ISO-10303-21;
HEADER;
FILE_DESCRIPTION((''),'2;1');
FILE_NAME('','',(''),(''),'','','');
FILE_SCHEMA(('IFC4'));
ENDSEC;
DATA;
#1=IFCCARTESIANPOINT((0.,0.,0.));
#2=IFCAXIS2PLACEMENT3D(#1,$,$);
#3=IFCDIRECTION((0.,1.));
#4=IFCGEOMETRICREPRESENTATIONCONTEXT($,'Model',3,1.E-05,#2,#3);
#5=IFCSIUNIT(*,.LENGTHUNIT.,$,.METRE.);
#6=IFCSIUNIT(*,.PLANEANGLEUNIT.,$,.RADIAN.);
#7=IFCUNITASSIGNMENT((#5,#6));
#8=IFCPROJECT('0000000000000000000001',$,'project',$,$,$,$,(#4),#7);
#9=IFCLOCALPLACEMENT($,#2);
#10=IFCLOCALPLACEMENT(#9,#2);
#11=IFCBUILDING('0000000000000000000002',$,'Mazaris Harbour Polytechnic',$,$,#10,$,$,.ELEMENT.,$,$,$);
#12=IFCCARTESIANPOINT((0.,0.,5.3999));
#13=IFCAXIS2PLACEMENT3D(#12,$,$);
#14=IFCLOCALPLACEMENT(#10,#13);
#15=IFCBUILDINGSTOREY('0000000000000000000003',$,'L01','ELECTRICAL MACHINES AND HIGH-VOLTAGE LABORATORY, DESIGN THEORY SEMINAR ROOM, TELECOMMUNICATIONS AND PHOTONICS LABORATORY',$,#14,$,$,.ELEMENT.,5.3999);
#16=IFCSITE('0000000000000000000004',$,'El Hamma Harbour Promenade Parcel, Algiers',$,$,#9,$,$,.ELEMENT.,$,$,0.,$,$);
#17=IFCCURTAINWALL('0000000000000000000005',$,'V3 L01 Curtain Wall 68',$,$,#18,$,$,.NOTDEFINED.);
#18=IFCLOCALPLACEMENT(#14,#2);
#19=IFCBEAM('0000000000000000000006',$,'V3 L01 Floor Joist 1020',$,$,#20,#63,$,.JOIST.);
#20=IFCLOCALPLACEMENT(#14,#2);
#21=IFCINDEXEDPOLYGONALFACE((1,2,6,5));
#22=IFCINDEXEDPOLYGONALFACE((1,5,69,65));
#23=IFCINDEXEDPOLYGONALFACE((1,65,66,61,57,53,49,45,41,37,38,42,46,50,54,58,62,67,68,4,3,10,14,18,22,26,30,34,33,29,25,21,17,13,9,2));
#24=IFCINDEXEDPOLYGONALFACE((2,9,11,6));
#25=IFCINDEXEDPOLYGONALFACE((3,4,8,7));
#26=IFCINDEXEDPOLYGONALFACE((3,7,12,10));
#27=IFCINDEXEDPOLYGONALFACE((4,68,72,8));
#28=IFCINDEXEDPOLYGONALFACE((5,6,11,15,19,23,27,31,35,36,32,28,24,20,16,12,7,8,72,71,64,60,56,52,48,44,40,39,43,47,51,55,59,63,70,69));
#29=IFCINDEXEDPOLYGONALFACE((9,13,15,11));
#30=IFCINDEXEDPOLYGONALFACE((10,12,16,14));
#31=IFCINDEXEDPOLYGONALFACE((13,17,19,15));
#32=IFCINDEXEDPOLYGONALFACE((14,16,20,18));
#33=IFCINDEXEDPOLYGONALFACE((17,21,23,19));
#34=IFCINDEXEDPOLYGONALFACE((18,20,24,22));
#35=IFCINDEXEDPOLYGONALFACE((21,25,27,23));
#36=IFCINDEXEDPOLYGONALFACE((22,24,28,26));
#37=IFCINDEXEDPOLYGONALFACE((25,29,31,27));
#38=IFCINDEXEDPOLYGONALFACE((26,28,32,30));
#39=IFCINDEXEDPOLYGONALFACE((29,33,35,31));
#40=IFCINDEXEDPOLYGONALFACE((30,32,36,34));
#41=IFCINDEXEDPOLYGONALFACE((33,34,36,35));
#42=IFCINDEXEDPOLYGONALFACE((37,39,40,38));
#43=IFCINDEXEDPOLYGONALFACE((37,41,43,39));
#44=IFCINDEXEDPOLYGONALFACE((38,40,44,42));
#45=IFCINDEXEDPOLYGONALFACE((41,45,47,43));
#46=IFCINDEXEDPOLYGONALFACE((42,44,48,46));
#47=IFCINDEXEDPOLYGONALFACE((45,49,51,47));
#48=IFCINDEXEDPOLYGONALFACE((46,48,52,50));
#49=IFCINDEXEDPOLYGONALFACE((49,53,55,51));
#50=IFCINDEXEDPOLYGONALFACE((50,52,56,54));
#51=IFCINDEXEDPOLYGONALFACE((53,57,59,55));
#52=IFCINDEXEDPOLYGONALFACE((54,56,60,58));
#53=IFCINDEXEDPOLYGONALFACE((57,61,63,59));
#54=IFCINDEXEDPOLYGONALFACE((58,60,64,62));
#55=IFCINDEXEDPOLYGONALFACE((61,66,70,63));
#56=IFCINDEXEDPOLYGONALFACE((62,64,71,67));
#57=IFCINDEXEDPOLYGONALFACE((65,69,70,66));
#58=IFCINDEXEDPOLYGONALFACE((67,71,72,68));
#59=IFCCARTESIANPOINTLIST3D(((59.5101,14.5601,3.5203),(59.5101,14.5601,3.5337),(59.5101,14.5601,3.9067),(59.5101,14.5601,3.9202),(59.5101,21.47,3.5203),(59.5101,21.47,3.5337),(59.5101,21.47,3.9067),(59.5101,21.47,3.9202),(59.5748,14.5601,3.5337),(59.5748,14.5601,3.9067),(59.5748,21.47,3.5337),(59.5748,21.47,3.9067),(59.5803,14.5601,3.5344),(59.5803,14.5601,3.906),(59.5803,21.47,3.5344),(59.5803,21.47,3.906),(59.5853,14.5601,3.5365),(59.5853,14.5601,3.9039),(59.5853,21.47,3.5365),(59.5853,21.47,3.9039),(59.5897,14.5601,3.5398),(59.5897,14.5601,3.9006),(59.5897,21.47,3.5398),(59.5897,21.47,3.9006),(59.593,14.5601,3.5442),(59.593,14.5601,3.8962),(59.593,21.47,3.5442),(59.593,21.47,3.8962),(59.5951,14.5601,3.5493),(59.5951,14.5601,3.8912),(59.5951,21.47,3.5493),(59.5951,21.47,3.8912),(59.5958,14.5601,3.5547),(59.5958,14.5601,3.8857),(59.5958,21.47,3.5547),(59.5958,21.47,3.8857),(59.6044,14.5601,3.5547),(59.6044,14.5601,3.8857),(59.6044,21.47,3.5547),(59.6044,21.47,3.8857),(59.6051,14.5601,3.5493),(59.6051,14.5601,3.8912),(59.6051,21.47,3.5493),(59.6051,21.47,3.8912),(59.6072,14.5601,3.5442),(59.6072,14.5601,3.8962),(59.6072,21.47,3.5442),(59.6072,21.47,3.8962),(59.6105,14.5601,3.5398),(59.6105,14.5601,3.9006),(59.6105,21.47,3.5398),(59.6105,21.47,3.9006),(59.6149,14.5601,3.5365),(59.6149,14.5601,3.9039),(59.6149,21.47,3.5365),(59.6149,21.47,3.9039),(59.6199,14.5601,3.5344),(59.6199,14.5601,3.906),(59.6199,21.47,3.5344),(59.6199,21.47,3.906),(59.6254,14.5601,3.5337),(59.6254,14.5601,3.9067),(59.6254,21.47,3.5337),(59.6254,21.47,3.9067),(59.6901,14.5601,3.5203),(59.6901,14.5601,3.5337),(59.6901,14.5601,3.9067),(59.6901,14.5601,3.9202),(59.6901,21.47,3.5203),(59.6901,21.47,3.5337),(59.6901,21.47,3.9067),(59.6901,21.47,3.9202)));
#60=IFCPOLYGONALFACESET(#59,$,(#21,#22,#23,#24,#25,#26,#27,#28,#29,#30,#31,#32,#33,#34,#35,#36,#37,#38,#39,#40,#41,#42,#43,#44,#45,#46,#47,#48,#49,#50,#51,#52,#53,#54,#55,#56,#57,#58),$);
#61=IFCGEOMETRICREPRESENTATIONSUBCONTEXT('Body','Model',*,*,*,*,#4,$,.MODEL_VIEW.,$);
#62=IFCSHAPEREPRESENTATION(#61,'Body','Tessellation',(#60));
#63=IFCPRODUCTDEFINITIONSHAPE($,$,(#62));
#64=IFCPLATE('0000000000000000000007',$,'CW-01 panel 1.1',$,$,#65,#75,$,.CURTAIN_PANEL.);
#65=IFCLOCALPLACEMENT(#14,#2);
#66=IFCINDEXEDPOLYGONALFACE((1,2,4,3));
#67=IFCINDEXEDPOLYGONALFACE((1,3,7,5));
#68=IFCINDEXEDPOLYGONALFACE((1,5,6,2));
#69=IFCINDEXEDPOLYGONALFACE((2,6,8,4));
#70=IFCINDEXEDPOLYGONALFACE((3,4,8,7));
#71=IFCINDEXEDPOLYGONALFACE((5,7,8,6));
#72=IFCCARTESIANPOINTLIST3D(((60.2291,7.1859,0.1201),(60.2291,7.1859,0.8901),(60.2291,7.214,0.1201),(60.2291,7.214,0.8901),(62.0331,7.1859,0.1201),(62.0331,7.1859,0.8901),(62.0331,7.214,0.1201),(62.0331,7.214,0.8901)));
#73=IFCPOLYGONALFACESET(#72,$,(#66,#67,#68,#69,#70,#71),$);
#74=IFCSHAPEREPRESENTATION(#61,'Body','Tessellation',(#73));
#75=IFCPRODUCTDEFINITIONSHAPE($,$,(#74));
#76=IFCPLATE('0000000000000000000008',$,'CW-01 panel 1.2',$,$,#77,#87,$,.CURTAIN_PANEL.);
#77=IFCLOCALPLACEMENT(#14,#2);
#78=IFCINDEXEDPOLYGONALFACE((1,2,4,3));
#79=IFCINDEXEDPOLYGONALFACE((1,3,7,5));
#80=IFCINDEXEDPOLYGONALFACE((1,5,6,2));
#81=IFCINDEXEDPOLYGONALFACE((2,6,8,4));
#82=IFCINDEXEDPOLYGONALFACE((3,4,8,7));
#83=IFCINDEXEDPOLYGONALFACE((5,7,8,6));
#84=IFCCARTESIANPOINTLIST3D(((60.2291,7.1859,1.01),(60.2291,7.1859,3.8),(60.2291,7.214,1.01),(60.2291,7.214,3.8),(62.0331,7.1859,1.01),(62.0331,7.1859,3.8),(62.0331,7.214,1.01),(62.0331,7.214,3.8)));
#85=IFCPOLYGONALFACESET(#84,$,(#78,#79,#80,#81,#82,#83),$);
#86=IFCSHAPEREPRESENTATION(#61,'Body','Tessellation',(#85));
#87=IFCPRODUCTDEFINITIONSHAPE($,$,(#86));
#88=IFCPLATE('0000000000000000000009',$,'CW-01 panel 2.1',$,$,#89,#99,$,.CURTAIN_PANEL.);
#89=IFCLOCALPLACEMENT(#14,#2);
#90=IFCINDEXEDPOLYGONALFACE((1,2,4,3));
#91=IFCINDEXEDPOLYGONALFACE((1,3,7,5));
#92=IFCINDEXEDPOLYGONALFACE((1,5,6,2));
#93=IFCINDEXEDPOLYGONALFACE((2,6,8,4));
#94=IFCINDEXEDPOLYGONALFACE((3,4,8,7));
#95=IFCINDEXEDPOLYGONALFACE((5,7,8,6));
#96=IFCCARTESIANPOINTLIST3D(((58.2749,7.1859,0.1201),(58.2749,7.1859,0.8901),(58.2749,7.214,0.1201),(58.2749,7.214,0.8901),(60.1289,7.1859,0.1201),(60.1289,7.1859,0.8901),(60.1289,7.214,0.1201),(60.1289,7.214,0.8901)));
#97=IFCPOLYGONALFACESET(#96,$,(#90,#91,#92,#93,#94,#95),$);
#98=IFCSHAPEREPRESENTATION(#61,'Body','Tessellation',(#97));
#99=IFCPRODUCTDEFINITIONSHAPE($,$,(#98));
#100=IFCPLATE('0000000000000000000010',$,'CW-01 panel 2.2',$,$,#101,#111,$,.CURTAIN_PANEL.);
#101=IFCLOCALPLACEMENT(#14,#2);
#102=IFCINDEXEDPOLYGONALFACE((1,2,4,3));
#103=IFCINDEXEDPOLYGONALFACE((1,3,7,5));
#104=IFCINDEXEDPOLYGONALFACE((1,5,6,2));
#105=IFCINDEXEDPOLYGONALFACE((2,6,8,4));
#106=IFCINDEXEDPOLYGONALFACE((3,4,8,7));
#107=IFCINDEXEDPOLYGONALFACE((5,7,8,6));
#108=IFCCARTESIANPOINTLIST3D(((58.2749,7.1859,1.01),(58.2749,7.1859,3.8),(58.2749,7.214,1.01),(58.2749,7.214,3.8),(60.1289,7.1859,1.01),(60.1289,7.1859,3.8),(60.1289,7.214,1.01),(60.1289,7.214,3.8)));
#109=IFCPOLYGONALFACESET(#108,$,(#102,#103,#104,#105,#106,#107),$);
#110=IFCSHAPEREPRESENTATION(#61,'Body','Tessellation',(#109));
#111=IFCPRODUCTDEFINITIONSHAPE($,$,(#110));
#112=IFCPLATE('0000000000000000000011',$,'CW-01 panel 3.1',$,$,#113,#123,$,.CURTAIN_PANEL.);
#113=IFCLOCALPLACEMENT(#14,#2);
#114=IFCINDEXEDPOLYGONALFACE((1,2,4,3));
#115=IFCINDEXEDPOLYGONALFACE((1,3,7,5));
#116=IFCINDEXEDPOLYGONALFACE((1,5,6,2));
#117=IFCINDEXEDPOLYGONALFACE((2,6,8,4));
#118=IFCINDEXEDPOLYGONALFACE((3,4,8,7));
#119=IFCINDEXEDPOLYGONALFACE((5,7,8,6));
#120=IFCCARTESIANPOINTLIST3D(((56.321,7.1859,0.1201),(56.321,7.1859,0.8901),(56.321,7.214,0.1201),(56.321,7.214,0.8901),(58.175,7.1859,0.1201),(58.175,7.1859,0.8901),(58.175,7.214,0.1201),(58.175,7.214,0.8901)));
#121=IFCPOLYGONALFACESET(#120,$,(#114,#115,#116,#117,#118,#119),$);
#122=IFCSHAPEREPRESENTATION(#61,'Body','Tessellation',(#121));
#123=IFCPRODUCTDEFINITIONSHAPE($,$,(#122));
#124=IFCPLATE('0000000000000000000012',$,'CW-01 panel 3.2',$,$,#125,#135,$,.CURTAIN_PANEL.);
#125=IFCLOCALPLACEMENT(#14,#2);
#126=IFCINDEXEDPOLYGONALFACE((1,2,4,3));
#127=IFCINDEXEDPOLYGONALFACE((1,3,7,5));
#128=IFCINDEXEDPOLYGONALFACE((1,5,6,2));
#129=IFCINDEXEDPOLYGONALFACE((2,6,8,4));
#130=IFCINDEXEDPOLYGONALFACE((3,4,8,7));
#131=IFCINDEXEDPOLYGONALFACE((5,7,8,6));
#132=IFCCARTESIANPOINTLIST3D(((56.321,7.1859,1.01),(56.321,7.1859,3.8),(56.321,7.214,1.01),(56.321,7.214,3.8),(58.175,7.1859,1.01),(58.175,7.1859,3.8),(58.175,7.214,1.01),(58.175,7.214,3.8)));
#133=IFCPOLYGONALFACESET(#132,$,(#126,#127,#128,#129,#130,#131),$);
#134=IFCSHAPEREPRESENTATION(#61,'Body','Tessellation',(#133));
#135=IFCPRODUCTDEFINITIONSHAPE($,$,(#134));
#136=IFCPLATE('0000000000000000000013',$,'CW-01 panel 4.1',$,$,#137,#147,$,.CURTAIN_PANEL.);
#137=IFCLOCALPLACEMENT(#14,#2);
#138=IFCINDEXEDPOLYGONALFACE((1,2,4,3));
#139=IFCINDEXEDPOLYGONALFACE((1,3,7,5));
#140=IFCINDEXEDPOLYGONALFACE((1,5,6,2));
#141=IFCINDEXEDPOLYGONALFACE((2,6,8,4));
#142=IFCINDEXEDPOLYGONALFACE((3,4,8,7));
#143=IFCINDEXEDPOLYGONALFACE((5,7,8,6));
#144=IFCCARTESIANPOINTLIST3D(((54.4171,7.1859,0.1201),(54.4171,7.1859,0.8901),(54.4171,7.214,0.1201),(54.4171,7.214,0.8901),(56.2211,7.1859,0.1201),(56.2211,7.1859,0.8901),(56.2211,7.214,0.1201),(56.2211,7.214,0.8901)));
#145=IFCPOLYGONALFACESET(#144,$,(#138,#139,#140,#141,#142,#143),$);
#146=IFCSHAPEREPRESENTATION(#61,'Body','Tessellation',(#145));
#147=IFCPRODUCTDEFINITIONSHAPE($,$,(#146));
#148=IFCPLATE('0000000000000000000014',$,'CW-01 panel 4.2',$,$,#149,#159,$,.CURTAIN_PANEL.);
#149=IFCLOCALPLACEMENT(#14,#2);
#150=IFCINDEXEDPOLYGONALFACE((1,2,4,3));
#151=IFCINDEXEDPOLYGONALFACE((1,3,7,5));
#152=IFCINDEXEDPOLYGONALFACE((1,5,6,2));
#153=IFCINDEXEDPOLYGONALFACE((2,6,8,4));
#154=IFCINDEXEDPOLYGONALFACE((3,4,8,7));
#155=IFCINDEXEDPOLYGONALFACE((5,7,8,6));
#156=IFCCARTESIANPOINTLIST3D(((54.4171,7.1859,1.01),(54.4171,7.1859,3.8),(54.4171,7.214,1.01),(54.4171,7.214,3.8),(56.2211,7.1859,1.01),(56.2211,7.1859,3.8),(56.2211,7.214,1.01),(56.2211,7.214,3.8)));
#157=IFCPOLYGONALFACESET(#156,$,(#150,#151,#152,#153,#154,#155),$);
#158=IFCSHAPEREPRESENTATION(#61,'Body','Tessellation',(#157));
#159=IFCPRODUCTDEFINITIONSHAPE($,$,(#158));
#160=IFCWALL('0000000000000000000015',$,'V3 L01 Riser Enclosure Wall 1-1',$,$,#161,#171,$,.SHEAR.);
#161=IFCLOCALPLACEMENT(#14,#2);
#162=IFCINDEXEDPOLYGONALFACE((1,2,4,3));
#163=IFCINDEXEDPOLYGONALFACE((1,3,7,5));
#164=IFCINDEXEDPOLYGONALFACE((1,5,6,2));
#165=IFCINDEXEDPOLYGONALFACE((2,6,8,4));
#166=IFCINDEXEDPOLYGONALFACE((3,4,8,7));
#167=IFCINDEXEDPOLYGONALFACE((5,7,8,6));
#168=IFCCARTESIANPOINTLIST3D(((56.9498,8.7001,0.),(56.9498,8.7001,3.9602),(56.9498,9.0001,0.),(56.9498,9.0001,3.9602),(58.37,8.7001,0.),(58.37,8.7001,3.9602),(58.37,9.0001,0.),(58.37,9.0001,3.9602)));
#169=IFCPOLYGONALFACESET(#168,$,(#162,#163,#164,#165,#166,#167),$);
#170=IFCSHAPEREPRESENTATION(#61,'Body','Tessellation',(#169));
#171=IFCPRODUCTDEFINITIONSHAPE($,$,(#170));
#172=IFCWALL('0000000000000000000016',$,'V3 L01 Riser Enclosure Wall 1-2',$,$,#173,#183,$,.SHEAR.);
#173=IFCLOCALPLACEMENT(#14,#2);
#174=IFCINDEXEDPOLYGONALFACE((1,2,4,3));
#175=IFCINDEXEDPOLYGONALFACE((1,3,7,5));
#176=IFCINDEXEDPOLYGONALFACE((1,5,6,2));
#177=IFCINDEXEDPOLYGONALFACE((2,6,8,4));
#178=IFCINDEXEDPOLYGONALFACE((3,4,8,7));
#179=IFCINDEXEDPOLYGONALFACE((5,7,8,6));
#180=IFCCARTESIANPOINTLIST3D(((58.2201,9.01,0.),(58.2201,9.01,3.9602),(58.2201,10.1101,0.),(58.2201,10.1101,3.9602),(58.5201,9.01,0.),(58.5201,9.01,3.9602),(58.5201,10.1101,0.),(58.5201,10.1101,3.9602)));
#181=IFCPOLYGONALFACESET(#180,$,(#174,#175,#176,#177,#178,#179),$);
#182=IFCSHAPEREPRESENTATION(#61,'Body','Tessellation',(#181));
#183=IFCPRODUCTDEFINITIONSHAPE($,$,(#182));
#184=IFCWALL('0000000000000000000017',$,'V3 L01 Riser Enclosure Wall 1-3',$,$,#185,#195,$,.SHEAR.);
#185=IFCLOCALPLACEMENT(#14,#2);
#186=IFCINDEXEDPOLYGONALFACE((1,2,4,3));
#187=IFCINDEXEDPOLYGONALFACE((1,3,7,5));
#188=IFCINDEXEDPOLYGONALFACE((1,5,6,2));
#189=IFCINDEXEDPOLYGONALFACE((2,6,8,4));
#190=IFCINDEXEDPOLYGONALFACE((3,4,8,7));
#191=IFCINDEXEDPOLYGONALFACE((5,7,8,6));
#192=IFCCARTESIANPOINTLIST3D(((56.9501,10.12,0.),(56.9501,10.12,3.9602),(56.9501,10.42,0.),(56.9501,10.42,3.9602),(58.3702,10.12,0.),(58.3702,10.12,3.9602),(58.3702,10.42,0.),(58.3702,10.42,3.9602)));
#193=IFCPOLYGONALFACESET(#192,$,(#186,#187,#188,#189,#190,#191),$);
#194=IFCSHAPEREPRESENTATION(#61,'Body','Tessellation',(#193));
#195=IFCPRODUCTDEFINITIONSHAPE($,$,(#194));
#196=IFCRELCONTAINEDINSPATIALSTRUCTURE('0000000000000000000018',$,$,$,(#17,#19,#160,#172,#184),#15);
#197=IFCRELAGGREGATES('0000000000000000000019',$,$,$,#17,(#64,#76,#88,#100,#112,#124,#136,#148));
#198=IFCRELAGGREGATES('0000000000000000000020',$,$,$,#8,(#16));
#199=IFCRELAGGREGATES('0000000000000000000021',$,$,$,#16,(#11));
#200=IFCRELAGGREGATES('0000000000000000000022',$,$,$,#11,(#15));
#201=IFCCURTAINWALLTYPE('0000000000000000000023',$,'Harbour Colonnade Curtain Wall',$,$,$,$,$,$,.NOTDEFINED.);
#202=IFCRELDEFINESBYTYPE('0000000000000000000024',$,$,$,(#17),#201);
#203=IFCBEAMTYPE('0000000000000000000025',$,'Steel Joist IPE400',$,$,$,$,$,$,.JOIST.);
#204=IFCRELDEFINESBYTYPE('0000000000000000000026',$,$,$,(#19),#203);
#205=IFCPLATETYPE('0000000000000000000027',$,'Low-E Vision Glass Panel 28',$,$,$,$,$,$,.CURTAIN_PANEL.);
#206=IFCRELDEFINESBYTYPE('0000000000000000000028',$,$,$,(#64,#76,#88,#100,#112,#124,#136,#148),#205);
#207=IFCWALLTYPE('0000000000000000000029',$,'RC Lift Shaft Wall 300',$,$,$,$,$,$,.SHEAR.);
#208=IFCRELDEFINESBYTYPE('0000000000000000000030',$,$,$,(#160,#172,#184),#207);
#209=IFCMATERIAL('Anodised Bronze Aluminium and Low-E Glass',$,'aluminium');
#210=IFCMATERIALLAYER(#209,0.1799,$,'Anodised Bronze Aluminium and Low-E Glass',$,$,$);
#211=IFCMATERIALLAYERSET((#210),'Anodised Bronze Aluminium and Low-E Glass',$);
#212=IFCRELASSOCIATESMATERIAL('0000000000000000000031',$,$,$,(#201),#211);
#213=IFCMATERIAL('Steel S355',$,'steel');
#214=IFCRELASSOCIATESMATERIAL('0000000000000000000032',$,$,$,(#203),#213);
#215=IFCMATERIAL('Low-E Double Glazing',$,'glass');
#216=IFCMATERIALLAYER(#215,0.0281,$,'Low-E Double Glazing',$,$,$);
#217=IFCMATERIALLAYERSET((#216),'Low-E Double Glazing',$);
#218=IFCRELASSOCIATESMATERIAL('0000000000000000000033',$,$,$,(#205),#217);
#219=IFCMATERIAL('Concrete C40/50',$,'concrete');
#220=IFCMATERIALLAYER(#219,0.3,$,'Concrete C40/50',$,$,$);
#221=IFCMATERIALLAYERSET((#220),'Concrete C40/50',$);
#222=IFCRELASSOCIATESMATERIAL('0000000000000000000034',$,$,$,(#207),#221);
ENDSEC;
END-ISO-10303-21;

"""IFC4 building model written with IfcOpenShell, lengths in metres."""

from ifc_helpers import new_model, si_unit, direction, frame, frame_2d, origin, origin_2d, place, context, subcontext, project, spatial, rectangle, i_section, extrude, material, layer, layer_set, material_profile, profile_set, type_object, element, aggregate, save


model = new_model("IFC4")

# Units and contexts
model_context = context("Model", 3, precision=1e-05, world=origin(), true_north=direction((0.0, 1.0)))
body_context = subcontext(model_context, "Body", "Model", "MODEL_VIEW")
ifc_project = project(units=[si_unit("LENGTHUNIT", "METRE"), si_unit("PLANEANGLEUNIT", "RADIAN")], contexts=[model_context])

# Site, building, storey
site_placement = place(None, origin())
site = spatial("IfcSite", under=ifc_project, at=site_placement, Name="El Hamma Harbour Promenade Parcel, Algiers", CompositionType="ELEMENT", RefElevation=0.0)
building_placement = place(site_placement, origin())
building = spatial("IfcBuilding", under=site, at=building_placement, Name="Mazaris Harbour Polytechnic", CompositionType="ELEMENT")
storey_placement = place(building_placement, frame((0.0, 0.0, 5.3999)))
storey = spatial("IfcBuildingStorey", under=building, at=storey_placement, Name="L01", Description="ELECTRICAL MACHINES AND HIGH-VOLTAGE LABORATORY, DESIGN THEORY SEMINAR ROOM, TELECOMMUNICATIONS AND PHOTONICS LABORATORY", CompositionType="ELEMENT", Elevation=5.3999)

# Curtain wall
ifc_material_1 = material(Name="Anodised Bronze Aluminium and Low-E Glass", Category="aluminium")
ifc_layer_1 = layer(ifc_material_1, 0.1799, Name="Anodised Bronze Aluminium and Low-E Glass")
ifc_layer_set_1 = layer_set([ifc_layer_1], Name="Anodised Bronze Aluminium and Low-E Glass")
curtain_wall_type = type_object("IfcCurtainWallType", Name="Harbour Colonnade Curtain Wall", PredefinedType="NOTDEFINED", material=ifc_layer_set_1)
curtain_wall_placement = place(storey_placement, origin())
curtain_wall = element("IfcCurtainWall", 1, at=curtain_wall_placement, inside=storey, type_object=curtain_wall_type, Name="V3 L01 Curtain Wall 68", PredefinedType="NOTDEFINED")

# Beam
ifc_material_2 = material(Name="Steel S355", Category="steel")
ifc_material_profile_1 = material_profile(ifc_material_2, i_section(OverallWidth=0.1799, OverallDepth=0.3999, WebThickness=0.0085, FlangeThickness=0.0134, FilletRadius=0.021, at=origin_2d()), Name="IPE 400")
ifc_profile_set_1 = profile_set([ifc_material_profile_1], Name="Steel S355")
beam_type_1 = type_object("IfcBeamType", Name="Steel Joist IPE400", PredefinedType="JOIST", material=ifc_profile_set_1)
beam_1_placement = place(storey_placement, frame((59.6001, 14.5601, 3.7202), z_axis=(0.0, 1.0, 0.0), x_axis=(-1.0, 0.0, 0.0)))
element("IfcBeam", 2, at=beam_1_placement, inside=storey, type_object=beam_type_1, Name="V3 L01 Floor Joist 1020", PredefinedType="JOIST", context=body_context, shape_type="SweptSolid", body=[
    extrude(i_section(OverallWidth=0.1799, OverallDepth=0.3999, WebThickness=0.0085, FlangeThickness=0.0134, FilletRadius=0.021, at=origin_2d()), origin(), (0.0, 0.0, 1.0), 6.9099),
])

# Plates
ifc_material_3 = material(Name="Low-E Double Glazing", Category="glass")
ifc_layer_2 = layer(ifc_material_3, 0.0281, Name="Low-E Double Glazing")
ifc_layer_set_2 = layer_set([ifc_layer_2], Name="Low-E Double Glazing")
plate_type = type_object("IfcPlateType", Name="Low-E Vision Glass Panel 28", PredefinedType="CURTAIN_PANEL", material=ifc_layer_set_2)
plate_1_placement = place(storey_placement, frame((61.1311, 7.2, 0.1201), z_axis=(0.0, 0.0, 1.0), x_axis=(-1.0, 0.0, 0.0)))
plate_1 = element("IfcPlate", 3, at=plate_1_placement, type_object=plate_type, Name="CW-01 panel 1.1", PredefinedType="CURTAIN_PANEL", context=body_context, shape_type="SweptSolid", body=[
    extrude(rectangle(XDim=1.804, YDim=0.0281, at=origin_2d()), origin(), (0.0, 0.0, 1.0), 0.77),
])
plate_2_placement = place(storey_placement, frame((61.1311, 7.2, 1.01), z_axis=(0.0, 0.0, 1.0), x_axis=(-1.0, 0.0, 0.0)))
plate_2 = element("IfcPlate", 4, at=plate_2_placement, type_object=plate_type, Name="CW-01 panel 1.2", PredefinedType="CURTAIN_PANEL", context=body_context, shape_type="SweptSolid", body=[
    extrude(rectangle(XDim=1.804, YDim=0.0281, at=origin_2d()), origin(), (0.0, 0.0, 1.0), 2.79),
])
plate_3_placement = place(storey_placement, frame((59.2019, 7.2, 0.1201), z_axis=(0.0, 0.0, 1.0), x_axis=(-1.0, 0.0, 0.0)))
plate_3 = element("IfcPlate", 5, at=plate_3_placement, type_object=plate_type, Name="CW-01 panel 2.1", PredefinedType="CURTAIN_PANEL", context=body_context, shape_type="SweptSolid", body=[
    extrude(rectangle(XDim=1.854, YDim=0.0281, at=origin_2d()), origin(), (0.0, 0.0, 1.0), 0.77),
])
plate_4_placement = place(storey_placement, frame((59.2019, 7.2, 1.01), z_axis=(0.0, 0.0, 1.0), x_axis=(-1.0, 0.0, 0.0)))
plate_4 = element("IfcPlate", 6, at=plate_4_placement, type_object=plate_type, Name="CW-01 panel 2.2", PredefinedType="CURTAIN_PANEL", context=body_context, shape_type="SweptSolid", body=[
    extrude(rectangle(XDim=1.854, YDim=0.0281, at=origin_2d()), origin(), (0.0, 0.0, 1.0), 2.79),
])
plate_5_placement = place(storey_placement, frame((57.248, 7.2, 0.1201), z_axis=(0.0, 0.0, 1.0), x_axis=(-1.0, 0.0, 0.0)))
plate_5 = element("IfcPlate", 7, at=plate_5_placement, type_object=plate_type, Name="CW-01 panel 3.1", PredefinedType="CURTAIN_PANEL", context=body_context, shape_type="SweptSolid", body=[
    extrude(rectangle(XDim=1.854, YDim=0.0281, at=origin_2d()), origin(), (0.0, 0.0, 1.0), 0.77),
])
plate_6_placement = place(storey_placement, frame((57.248, 7.2, 1.01), z_axis=(0.0, 0.0, 1.0), x_axis=(-1.0, 0.0, 0.0)))
plate_6 = element("IfcPlate", 8, at=plate_6_placement, type_object=plate_type, Name="CW-01 panel 3.2", PredefinedType="CURTAIN_PANEL", context=body_context, shape_type="SweptSolid", body=[
    extrude(rectangle(XDim=1.854, YDim=0.0281, at=origin_2d()), origin(), (0.0, 0.0, 1.0), 2.79),
])
plate_7_placement = place(storey_placement, frame((55.3191, 7.2, 0.1201), z_axis=(0.0, 0.0, 1.0), x_axis=(-1.0, 0.0, 0.0)))
plate_7 = element("IfcPlate", 9, at=plate_7_placement, type_object=plate_type, Name="CW-01 panel 4.1", PredefinedType="CURTAIN_PANEL", context=body_context, shape_type="SweptSolid", body=[
    extrude(rectangle(XDim=1.804, YDim=0.0281, at=origin_2d()), origin(), (0.0, 0.0, 1.0), 0.77),
])
plate_8_placement = place(storey_placement, frame((55.3191, 7.2, 1.01), z_axis=(0.0, 0.0, 1.0), x_axis=(-1.0, 0.0, 0.0)))
plate_8 = element("IfcPlate", 10, at=plate_8_placement, type_object=plate_type, Name="CW-01 panel 4.2", PredefinedType="CURTAIN_PANEL", context=body_context, shape_type="SweptSolid", body=[
    extrude(rectangle(XDim=1.804, YDim=0.0281, at=origin_2d()), origin(), (0.0, 0.0, 1.0), 2.79),
])
aggregate(curtain_wall, [plate_1, plate_2, plate_3, plate_4, plate_5, plate_6, plate_7, plate_8])

# Walls
ifc_material_4 = material(Name="Concrete C40/50", Category="concrete")
ifc_layer_3 = layer(ifc_material_4, 0.3, Name="Concrete C40/50")
ifc_layer_set_3 = layer_set([ifc_layer_3], Name="Concrete C40/50")
wall_type = type_object("IfcWallType", Name="RC Lift Shaft Wall 300", PredefinedType="SHEAR", material=ifc_layer_set_3)
wall_1_placement = place(storey_placement, frame((56.95, 8.8501, 0.0), z_axis=(0.0, 0.0, 1.0), x_axis=(1.0, 0.0, 0.0)))
element("IfcWall", 11, at=wall_1_placement, inside=storey, type_object=wall_type, Name="V3 L01 Riser Enclosure Wall 1-1", PredefinedType="SHEAR", context=body_context, shape_type="SweptSolid", body=[
    extrude(rectangle(XDim=1.4202, YDim=0.3, at=frame_2d((0.71, 0.0))), origin(), (0.0, 0.0, 1.0), 3.9602),
])
wall_2_placement = place(storey_placement, frame((58.3701, 9.01, 0.0), z_axis=(0.0, 0.0, 1.0), x_axis=(0.0, 1.0, 0.0)))
element("IfcWall", 12, at=wall_2_placement, inside=storey, type_object=wall_type, Name="V3 L01 Riser Enclosure Wall 1-2", PredefinedType="SHEAR", context=body_context, shape_type="SweptSolid", body=[
    extrude(rectangle(XDim=1.1001, YDim=0.3, at=frame_2d((0.55, 0.0))), origin(), (0.0, 0.0, 1.0), 3.9602),
])
wall_3_placement = place(storey_placement, frame((58.3701, 10.27, 0.0), z_axis=(0.0, 0.0, 1.0), x_axis=(-1.0, 0.0, 0.0)))
element("IfcWall", 13, at=wall_3_placement, inside=storey, type_object=wall_type, Name="V3 L01 Riser Enclosure Wall 1-3", PredefinedType="SHEAR", context=body_context, shape_type="SweptSolid", body=[
    extrude(rectangle(XDim=1.4202, YDim=0.3, at=frame_2d((0.71, 0.0))), origin(), (0.0, 0.0, 1.0), 3.9602),
])

save(model, "model.ifc")
